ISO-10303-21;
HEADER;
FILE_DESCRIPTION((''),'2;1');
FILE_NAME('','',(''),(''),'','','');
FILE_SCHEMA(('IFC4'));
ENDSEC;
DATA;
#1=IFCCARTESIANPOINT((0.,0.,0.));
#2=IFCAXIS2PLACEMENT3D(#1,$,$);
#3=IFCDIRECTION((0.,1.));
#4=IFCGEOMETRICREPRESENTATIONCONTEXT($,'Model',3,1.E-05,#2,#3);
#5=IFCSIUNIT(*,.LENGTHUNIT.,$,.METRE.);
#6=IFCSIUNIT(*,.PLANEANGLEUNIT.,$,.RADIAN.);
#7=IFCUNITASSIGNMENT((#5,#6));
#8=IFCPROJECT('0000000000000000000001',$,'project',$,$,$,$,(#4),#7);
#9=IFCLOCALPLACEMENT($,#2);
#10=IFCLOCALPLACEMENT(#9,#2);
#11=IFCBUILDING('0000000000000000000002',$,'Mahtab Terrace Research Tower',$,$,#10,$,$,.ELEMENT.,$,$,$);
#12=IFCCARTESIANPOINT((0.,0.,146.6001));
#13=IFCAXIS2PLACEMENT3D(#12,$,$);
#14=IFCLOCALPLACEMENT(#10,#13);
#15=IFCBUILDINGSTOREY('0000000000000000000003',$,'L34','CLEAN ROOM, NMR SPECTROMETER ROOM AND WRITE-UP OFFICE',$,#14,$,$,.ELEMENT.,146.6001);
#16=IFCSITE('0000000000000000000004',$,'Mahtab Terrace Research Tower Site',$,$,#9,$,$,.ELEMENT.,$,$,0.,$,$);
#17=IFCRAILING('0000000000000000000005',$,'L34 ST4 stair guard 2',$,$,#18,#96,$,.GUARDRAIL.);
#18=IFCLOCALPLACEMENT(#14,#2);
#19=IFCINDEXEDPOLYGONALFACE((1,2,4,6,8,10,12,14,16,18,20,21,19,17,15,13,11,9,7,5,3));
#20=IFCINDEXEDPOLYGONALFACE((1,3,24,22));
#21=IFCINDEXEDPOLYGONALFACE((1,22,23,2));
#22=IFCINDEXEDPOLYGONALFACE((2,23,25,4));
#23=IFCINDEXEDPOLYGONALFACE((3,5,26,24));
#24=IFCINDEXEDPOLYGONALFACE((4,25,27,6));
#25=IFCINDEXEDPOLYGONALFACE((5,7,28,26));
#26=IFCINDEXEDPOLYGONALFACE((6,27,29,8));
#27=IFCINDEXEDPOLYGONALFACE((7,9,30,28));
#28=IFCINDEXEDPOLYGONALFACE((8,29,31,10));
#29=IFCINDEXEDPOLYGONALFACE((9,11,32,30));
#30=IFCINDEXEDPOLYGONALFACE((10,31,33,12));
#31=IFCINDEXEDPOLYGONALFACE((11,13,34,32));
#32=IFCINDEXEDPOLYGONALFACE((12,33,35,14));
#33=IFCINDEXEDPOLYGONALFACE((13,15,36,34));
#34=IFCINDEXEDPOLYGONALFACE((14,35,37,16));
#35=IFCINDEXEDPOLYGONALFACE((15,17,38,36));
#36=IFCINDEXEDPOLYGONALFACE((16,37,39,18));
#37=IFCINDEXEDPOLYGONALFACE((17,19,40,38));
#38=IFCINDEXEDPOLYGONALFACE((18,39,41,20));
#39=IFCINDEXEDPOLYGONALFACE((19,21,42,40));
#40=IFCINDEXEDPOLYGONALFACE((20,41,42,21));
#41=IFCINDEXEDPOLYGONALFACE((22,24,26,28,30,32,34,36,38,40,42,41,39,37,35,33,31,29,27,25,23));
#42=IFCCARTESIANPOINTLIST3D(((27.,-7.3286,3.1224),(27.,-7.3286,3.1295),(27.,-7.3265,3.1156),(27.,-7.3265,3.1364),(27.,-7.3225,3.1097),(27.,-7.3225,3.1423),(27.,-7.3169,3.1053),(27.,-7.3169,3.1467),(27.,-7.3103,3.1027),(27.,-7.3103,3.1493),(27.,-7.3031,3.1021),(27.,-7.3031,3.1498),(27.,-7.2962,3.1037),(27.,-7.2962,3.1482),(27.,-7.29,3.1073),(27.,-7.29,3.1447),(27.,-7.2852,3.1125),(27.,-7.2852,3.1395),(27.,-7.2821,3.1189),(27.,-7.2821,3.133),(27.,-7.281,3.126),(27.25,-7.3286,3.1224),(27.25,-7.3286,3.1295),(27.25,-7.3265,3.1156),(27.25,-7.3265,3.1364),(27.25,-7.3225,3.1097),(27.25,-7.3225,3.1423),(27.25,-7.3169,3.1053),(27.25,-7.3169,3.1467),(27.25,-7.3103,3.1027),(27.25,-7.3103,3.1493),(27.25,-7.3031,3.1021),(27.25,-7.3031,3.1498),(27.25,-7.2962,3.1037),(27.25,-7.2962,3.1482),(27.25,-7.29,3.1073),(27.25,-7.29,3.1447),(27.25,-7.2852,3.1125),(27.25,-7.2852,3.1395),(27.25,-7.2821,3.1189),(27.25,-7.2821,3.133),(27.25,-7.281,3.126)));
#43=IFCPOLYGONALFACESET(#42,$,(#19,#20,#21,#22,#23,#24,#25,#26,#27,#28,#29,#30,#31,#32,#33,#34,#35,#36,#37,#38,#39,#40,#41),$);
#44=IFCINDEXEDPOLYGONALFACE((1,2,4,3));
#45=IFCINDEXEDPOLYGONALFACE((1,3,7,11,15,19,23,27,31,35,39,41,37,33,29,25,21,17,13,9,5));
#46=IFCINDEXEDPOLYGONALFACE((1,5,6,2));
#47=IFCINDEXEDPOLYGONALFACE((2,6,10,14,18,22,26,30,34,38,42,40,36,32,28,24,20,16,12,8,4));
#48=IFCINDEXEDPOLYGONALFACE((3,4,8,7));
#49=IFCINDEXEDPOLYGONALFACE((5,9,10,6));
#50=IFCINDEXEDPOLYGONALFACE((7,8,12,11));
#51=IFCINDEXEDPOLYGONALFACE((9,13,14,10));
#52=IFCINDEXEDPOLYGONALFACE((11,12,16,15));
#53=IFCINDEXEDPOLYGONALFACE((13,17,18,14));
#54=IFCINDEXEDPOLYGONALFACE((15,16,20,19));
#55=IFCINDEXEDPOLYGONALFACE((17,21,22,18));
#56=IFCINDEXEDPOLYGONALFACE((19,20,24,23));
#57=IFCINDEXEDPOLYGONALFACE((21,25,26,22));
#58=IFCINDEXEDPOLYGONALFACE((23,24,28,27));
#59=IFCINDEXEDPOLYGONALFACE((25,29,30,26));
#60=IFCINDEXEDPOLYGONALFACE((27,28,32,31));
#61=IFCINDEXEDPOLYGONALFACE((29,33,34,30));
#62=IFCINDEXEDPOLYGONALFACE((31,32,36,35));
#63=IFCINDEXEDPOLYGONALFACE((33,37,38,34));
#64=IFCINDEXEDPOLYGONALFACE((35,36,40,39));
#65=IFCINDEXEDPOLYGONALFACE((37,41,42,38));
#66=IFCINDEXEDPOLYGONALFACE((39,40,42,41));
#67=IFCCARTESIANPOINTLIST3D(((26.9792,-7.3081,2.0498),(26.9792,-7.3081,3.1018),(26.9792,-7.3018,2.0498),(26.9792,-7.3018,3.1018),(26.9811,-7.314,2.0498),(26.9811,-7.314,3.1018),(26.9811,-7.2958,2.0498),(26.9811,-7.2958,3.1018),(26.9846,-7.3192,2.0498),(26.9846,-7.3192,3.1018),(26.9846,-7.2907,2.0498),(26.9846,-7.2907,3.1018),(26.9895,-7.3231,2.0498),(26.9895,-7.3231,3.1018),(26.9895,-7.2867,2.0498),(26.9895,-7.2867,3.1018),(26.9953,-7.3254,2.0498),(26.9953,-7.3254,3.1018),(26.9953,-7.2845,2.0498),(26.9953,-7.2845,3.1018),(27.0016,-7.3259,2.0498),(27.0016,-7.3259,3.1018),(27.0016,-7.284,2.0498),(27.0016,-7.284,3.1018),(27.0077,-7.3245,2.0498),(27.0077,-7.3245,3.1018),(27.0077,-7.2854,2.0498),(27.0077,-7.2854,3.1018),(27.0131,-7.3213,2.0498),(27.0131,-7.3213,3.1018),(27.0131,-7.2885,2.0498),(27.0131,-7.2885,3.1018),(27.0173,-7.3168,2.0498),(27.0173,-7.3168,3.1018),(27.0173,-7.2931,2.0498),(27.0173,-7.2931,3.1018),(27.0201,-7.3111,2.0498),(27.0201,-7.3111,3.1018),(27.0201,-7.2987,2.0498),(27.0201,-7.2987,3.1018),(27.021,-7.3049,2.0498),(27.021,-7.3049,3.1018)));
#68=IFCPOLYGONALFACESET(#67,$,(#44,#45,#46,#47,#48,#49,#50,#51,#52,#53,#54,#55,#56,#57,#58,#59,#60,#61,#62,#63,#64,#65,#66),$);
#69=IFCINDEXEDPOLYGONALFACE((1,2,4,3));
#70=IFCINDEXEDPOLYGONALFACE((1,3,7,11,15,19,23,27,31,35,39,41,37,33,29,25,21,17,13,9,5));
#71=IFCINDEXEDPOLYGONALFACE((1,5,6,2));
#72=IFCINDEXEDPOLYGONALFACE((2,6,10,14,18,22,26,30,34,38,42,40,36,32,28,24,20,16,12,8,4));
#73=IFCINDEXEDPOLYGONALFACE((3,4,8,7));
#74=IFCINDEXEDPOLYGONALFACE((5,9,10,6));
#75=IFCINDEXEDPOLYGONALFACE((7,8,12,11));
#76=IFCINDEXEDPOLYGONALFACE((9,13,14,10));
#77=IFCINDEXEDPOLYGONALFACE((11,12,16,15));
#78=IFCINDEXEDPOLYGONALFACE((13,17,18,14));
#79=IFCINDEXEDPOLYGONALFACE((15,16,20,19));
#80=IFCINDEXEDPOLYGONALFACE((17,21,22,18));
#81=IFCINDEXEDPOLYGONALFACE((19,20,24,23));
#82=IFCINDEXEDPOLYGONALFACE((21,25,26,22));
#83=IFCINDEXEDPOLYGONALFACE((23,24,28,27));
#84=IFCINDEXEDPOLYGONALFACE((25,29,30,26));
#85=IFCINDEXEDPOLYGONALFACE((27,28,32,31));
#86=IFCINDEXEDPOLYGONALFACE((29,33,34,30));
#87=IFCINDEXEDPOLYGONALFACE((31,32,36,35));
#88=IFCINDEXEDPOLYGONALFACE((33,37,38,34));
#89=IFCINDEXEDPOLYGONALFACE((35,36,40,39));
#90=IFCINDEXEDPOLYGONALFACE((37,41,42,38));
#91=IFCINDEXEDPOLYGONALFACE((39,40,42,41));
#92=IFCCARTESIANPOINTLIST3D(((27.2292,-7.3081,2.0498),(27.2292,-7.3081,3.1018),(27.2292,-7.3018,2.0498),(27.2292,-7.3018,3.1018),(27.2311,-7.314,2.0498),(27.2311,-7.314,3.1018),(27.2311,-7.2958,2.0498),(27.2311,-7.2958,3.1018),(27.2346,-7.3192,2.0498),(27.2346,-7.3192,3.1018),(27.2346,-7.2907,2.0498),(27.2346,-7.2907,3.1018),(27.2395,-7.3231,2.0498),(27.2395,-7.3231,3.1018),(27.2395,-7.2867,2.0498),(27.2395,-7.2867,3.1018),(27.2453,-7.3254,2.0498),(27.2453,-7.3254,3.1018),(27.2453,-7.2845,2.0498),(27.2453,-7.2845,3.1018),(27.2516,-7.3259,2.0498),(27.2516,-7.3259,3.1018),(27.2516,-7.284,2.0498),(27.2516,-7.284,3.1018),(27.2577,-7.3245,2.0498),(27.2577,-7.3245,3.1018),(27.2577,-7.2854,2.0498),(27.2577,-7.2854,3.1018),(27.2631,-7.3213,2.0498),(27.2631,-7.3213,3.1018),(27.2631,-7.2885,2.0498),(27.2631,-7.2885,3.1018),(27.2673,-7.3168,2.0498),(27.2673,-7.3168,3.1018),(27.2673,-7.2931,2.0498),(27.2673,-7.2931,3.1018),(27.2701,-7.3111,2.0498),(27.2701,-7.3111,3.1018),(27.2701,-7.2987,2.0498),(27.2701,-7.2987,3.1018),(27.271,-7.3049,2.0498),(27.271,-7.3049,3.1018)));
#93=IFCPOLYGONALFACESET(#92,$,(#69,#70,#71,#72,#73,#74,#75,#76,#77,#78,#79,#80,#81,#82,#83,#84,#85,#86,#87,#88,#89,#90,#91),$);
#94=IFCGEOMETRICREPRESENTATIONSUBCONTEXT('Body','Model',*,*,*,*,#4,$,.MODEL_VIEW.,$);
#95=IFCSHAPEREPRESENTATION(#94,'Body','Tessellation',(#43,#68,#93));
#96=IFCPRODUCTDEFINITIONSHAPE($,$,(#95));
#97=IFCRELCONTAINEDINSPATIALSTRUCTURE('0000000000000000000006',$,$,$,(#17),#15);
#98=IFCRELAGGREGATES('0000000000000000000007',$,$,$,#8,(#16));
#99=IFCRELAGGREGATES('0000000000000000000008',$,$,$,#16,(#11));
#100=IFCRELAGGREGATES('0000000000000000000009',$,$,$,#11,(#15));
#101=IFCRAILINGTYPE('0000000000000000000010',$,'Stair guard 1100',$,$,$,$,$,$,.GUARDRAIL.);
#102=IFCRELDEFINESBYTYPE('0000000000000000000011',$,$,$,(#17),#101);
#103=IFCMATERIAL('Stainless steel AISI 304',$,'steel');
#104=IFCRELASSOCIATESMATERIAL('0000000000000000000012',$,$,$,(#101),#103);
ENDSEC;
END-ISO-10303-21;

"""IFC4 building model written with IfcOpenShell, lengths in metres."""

from ifc_helpers import new_model, si_unit, direction, frame, origin, origin_2d, place, context, subcontext, project, spatial, circle, extrude, material, type_object, element, save


model = new_model("IFC4")

# Units and contexts
model_context = context("Model", 3, precision=1e-05, world=origin(), true_north=direction((0.0, 1.0)))
body_context = subcontext(model_context, "Body", "Model", "MODEL_VIEW")
ifc_project = project(units=[si_unit("LENGTHUNIT", "METRE"), si_unit("PLANEANGLEUNIT", "RADIAN")], contexts=[model_context])

# Site, building, storey
site_placement = place(None, origin())
site = spatial("IfcSite", under=ifc_project, at=site_placement, Name="Mahtab Terrace Research Tower Site", CompositionType="ELEMENT", RefElevation=0.0)
building_placement = place(site_placement, origin())
building = spatial("IfcBuilding", under=site, at=building_placement, Name="Mahtab Terrace Research Tower", CompositionType="ELEMENT")
storey_placement = place(building_placement, frame((0.0, 0.0, 146.6001)))
storey = spatial("IfcBuildingStorey", under=building, at=storey_placement, Name="L34", Description="CLEAN ROOM, NMR SPECTROMETER ROOM AND WRITE-UP OFFICE", CompositionType="ELEMENT", Elevation=146.6001)

# Railing
ifc_material_1 = material(Name="Stainless steel AISI 304", Category="steel")
railing_type_1 = type_object("IfcRailingType", Name="Stair guard 1100", PredefinedType="GUARDRAIL", material=ifc_material_1)
railing_1_placement = place(storey_placement, frame((27.0, -7.3049, 2.0498)))
element("IfcRailing", 1, at=railing_1_placement, inside=storey, type_object=railing_type_1, Name="L34 ST4 stair guard 2", PredefinedType="GUARDRAIL", context=body_context, shape_type="SweptSolid", body=[
    extrude(circle(Radius=0.0239, at=origin_2d()), frame((0.0, 0.0, 1.0762), z_axis=(1.0, 0.0, 0.0), x_axis=(0.0, 1.0, 0.0)), (0.0, 0.0, 1.0), 0.25),
    extrude(circle(Radius=0.021, at=origin_2d()), origin(), (0.0, 0.0, 1.0), 1.052),
    extrude(circle(Radius=0.021, at=origin_2d()), frame((0.25, 0.0, 0.0)), (0.0, 0.0, 1.0), 1.052),
])

save(model, "model.ifc")
